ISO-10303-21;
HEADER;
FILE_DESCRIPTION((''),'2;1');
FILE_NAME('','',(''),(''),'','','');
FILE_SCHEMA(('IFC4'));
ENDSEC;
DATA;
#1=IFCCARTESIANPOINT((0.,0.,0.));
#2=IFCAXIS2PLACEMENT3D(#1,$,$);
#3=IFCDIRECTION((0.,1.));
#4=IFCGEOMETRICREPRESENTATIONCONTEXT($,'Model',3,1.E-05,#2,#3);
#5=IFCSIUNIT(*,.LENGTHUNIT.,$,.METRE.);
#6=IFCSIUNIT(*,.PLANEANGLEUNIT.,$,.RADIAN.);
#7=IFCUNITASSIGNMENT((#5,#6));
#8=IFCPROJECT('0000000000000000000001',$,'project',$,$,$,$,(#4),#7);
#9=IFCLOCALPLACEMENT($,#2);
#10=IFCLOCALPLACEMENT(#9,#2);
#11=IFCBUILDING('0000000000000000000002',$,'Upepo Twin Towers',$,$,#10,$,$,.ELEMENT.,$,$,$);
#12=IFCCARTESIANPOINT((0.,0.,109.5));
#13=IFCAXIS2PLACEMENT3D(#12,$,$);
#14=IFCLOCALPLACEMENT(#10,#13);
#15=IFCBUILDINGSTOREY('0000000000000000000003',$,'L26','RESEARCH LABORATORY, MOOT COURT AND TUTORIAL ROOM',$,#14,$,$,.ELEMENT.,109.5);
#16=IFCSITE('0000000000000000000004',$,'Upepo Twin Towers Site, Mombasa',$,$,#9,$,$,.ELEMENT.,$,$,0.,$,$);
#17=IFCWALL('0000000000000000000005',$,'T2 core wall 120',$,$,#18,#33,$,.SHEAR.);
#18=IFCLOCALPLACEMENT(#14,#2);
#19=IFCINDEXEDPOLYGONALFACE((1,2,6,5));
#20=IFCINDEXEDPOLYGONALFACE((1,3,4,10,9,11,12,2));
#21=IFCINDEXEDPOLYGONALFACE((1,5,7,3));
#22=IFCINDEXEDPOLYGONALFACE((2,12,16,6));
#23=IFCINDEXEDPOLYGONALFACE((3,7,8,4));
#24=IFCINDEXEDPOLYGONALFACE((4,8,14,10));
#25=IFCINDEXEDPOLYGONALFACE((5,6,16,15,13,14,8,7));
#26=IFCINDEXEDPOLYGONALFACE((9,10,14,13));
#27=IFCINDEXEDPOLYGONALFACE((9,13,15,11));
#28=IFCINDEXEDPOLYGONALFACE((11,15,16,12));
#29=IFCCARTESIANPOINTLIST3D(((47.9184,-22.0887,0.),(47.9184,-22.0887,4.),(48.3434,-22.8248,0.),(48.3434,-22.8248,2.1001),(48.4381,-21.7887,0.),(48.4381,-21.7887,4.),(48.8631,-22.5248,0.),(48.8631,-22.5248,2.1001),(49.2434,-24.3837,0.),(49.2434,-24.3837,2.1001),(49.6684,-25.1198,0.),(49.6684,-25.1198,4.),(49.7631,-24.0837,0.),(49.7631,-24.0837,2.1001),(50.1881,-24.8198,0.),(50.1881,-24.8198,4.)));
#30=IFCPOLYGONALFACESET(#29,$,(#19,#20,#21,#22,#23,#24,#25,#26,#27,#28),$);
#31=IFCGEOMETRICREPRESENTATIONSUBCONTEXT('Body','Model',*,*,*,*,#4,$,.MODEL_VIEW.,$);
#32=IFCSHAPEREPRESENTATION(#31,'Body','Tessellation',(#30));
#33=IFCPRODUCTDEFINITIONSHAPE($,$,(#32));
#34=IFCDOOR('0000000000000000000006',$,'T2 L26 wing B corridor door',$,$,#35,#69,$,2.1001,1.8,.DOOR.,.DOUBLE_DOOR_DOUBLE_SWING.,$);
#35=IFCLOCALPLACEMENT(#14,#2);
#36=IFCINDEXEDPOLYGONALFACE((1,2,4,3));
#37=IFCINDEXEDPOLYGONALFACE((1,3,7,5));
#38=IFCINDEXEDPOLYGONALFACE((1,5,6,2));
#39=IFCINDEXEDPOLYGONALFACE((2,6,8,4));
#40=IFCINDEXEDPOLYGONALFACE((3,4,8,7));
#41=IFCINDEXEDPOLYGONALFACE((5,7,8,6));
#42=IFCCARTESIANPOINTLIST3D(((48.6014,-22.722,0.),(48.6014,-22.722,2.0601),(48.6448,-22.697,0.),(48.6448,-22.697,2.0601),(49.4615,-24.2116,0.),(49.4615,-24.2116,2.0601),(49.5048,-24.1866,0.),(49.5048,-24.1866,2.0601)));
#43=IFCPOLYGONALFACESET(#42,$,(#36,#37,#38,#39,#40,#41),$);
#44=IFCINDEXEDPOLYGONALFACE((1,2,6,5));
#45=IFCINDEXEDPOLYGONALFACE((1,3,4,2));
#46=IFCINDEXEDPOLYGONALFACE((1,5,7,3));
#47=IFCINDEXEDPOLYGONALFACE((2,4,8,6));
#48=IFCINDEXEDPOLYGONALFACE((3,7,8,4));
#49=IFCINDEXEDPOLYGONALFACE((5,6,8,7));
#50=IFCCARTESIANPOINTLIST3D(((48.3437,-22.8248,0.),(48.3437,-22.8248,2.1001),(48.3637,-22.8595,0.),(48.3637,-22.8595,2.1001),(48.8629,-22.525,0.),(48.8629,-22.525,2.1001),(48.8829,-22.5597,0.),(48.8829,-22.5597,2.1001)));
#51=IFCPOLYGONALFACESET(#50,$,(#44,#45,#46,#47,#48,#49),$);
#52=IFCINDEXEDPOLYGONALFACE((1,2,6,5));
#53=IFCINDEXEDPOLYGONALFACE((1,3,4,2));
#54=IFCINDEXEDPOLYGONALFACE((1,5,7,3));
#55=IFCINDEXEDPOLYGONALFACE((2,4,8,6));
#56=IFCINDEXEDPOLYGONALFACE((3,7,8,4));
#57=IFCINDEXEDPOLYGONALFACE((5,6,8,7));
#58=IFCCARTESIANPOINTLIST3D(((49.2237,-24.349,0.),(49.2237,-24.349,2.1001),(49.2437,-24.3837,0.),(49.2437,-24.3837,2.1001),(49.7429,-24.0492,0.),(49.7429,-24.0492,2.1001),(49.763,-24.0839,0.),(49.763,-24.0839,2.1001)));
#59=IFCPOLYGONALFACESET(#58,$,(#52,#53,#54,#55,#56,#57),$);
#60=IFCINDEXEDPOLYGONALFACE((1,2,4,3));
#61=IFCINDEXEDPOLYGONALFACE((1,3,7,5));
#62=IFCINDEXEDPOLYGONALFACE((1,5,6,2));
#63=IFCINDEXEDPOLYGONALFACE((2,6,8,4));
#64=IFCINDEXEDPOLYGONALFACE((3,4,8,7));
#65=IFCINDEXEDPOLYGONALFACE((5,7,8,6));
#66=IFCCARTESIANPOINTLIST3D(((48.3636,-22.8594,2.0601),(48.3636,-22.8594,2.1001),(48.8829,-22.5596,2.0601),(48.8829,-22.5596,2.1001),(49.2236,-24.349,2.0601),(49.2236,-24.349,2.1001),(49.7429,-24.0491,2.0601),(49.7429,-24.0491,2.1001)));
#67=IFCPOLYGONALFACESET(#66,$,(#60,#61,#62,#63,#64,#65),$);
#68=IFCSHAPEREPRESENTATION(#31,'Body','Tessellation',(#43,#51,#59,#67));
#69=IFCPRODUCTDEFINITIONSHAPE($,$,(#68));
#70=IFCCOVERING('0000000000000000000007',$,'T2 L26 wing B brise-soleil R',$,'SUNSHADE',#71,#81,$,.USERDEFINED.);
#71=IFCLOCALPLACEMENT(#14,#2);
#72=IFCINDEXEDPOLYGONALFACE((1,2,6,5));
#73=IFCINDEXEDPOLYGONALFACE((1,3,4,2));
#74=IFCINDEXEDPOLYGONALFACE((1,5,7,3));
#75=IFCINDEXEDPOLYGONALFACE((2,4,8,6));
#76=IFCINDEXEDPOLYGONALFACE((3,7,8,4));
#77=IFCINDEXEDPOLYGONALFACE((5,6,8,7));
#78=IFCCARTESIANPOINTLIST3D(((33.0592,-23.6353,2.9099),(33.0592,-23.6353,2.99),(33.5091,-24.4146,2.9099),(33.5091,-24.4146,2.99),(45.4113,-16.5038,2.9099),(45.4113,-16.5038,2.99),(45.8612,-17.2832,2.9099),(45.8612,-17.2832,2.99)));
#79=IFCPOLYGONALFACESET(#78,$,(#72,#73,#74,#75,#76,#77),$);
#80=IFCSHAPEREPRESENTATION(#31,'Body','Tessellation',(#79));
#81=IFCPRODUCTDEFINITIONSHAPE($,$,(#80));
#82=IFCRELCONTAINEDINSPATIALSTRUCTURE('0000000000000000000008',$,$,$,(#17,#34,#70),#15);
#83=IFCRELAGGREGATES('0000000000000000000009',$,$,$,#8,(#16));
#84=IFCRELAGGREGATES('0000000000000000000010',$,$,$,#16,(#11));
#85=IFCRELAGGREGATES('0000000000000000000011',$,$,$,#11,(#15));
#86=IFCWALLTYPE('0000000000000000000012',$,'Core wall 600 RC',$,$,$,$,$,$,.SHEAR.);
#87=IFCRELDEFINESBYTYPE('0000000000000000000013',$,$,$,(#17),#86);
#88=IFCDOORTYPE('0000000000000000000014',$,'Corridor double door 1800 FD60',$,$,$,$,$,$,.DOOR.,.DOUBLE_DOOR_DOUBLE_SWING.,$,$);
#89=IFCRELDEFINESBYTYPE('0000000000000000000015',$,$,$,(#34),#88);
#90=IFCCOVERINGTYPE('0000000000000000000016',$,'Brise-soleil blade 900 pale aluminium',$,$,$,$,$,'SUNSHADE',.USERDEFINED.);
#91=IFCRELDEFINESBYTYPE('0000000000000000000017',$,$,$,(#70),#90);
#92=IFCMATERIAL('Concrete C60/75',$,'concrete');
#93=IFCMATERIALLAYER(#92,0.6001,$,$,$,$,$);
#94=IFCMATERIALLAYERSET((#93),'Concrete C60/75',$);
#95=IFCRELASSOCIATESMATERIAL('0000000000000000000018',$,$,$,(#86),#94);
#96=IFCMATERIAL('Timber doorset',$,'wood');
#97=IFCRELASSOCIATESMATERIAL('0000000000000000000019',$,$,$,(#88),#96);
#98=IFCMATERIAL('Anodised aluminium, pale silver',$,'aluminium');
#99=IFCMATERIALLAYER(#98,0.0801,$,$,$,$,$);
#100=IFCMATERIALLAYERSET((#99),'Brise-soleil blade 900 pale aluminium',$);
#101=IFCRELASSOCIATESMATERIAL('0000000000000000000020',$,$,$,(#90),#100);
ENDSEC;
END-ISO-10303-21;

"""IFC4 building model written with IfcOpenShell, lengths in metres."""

from ifc_helpers import new_model, si_unit, direction, frame, frame_2d, origin, origin_2d, place, context, subcontext, project, spatial, rectangle, extrude, material, layer, layer_set, type_object, element, fill, save


model = new_model("IFC4")

# Units and contexts
model_context = context("Model", 3, precision=1e-05, world=origin(), true_north=direction((0.0, 1.0)))
body_context = subcontext(model_context, "Body", "Model", "MODEL_VIEW")
ifc_project = project(units=[si_unit("LENGTHUNIT", "METRE"), si_unit("PLANEANGLEUNIT", "RADIAN")], contexts=[model_context])

# Site, building, storey
site_placement = place(None, origin())
site = spatial("IfcSite", under=ifc_project, at=site_placement, Name="Upepo Twin Towers Site, Mombasa", CompositionType="ELEMENT", RefElevation=0.0)
building_placement = place(site_placement, origin())
building = spatial("IfcBuilding", under=site, at=building_placement, Name="Upepo Twin Towers", CompositionType="ELEMENT")
storey_placement = place(building_placement, frame((0.0, 0.0, 109.5)))
storey = spatial("IfcBuildingStorey", under=building, at=storey_placement, Name="L26", Description="RESEARCH LABORATORY, MOOT COURT AND TUTORIAL ROOM", CompositionType="ELEMENT", Elevation=109.5)

# Shared definitions
ifc_material_1 = material(Name="Concrete C60/75", Category="concrete")
ifc_layer_1 = layer(ifc_material_1, 0.6001)
ifc_layer_set_1 = layer_set([ifc_layer_1], Name="Concrete C60/75")
wall_type = type_object("IfcWallType", Name="Core wall 600 RC", PredefinedType="SHEAR", material=ifc_layer_set_1)

# Wall, opening, door
wall_1_placement = place(storey_placement, frame((48.1782, -21.9387, 0.0), z_axis=(0.0, 0.0, 1.0), x_axis=(0.50001, -0.866019, 0.0)))
wall_1 = element("IfcWall", 1, at=wall_1_placement, inside=storey, type_object=wall_type, Name="T2 core wall 120", PredefinedType="SHEAR", context=body_context, shape_type="SweptSolid", body=[
    extrude(rectangle(XDim=3.5, YDim=0.6001, at=frame_2d((1.75, 0.0))), origin(), (0.0, 0.0, 1.0), 4.0),
])
opening_placement = place(wall_1_placement, frame((0.8501, 0.0, 0.0)))
opening = element("IfcOpeningElement", 2, at=opening_placement, cuts=wall_1, PredefinedType="OPENING", context=body_context, shape_type="SweptSolid", body=[
    extrude(rectangle(XDim=1.8, YDim=2.1001, at=frame_2d((0.8999, 1.05))), frame((0.0, 0.3101, 0.0), z_axis=(0.0, -1.0, 0.0), x_axis=(1.0, 0.0, 0.0)), (0.0, 0.0, 1.0), 0.6201),
])
ifc_material_2 = material(Name="Timber doorset", Category="wood")
door_type = type_object("IfcDoorType", Name="Corridor double door 1800 FD60", OperationType="DOUBLE_DOOR_DOUBLE_SWING", PredefinedType="DOOR", material=ifc_material_2)
door_placement = place(opening_placement, origin())
door = element("IfcDoor", 3, at=door_placement, inside=storey, type_object=door_type, Name="T2 L26 wing B corridor door", OperationType="DOUBLE_DOOR_DOUBLE_SWING", OverallHeight=2.1001, OverallWidth=1.8, PredefinedType="DOOR", context=body_context, shape_type="SweptSolid", body=[
    extrude(rectangle(XDim=1.72, YDim=2.0601, at=frame_2d((0.8999, 1.03))), frame((0.0, 0.0249, 0.0), z_axis=(0.0, -1.0, 0.0), x_axis=(1.0, 0.0, 0.0)), (0.0, 0.0, 1.0), 0.05),
    extrude(rectangle(XDim=0.04, YDim=2.1001, at=frame_2d((0.02, 1.05))), frame((0.0, 0.2998, 0.0), z_axis=(0.0, -1.0, 0.0), x_axis=(1.0, 0.0, 0.0)), (0.0, 0.0, 1.0), 0.5996),
    extrude(rectangle(XDim=0.04, YDim=2.1001, at=frame_2d((1.78, 1.05))), frame((0.0, 0.2998, 0.0), z_axis=(0.0, -1.0, 0.0), x_axis=(1.0, 0.0, 0.0)), (0.0, 0.0, 1.0), 0.5996),
    extrude(rectangle(XDim=1.72, YDim=0.04, at=frame_2d((0.8999, 2.0801))), frame((0.0, 0.2998, 0.0), z_axis=(0.0, -1.0, 0.0), x_axis=(1.0, 0.0, 0.0)), (0.0, 0.0, 1.0), 0.5996),
])
fill(opening, door)

# Covering
ifc_material_3 = material(Name="Anodised aluminium, pale silver", Category="aluminium")
ifc_layer_2 = layer(ifc_material_3, 0.0801)
ifc_layer_set_2 = layer_set([ifc_layer_2], Name="Brise-soleil blade 900 pale aluminium")
covering_type = type_object("IfcCoveringType", Name="Brise-soleil blade 900 pale aluminium", ElementType="SUNSHADE", PredefinedType="USERDEFINED", material=ifc_layer_set_2)
covering_placement = place(storey_placement, frame((39.4602, -20.4592, 2.9099), z_axis=(0.0, 0.0, 1.0), x_axis=(-0.866025, -0.5, 0.0)))
element("IfcCovering", 4, at=covering_placement, inside=storey, type_object=covering_type, Name="T2 L26 wing B brise-soleil R", ObjectType="SUNSHADE", PredefinedType="USERDEFINED", context=body_context, shape_type="SweptSolid", body=[
    extrude(rectangle(XDim=14.2629, YDim=0.8999, at=origin_2d()), origin(), (0.0, 0.0, 1.0), 0.0801),
])

save(model, "model.ifc")
